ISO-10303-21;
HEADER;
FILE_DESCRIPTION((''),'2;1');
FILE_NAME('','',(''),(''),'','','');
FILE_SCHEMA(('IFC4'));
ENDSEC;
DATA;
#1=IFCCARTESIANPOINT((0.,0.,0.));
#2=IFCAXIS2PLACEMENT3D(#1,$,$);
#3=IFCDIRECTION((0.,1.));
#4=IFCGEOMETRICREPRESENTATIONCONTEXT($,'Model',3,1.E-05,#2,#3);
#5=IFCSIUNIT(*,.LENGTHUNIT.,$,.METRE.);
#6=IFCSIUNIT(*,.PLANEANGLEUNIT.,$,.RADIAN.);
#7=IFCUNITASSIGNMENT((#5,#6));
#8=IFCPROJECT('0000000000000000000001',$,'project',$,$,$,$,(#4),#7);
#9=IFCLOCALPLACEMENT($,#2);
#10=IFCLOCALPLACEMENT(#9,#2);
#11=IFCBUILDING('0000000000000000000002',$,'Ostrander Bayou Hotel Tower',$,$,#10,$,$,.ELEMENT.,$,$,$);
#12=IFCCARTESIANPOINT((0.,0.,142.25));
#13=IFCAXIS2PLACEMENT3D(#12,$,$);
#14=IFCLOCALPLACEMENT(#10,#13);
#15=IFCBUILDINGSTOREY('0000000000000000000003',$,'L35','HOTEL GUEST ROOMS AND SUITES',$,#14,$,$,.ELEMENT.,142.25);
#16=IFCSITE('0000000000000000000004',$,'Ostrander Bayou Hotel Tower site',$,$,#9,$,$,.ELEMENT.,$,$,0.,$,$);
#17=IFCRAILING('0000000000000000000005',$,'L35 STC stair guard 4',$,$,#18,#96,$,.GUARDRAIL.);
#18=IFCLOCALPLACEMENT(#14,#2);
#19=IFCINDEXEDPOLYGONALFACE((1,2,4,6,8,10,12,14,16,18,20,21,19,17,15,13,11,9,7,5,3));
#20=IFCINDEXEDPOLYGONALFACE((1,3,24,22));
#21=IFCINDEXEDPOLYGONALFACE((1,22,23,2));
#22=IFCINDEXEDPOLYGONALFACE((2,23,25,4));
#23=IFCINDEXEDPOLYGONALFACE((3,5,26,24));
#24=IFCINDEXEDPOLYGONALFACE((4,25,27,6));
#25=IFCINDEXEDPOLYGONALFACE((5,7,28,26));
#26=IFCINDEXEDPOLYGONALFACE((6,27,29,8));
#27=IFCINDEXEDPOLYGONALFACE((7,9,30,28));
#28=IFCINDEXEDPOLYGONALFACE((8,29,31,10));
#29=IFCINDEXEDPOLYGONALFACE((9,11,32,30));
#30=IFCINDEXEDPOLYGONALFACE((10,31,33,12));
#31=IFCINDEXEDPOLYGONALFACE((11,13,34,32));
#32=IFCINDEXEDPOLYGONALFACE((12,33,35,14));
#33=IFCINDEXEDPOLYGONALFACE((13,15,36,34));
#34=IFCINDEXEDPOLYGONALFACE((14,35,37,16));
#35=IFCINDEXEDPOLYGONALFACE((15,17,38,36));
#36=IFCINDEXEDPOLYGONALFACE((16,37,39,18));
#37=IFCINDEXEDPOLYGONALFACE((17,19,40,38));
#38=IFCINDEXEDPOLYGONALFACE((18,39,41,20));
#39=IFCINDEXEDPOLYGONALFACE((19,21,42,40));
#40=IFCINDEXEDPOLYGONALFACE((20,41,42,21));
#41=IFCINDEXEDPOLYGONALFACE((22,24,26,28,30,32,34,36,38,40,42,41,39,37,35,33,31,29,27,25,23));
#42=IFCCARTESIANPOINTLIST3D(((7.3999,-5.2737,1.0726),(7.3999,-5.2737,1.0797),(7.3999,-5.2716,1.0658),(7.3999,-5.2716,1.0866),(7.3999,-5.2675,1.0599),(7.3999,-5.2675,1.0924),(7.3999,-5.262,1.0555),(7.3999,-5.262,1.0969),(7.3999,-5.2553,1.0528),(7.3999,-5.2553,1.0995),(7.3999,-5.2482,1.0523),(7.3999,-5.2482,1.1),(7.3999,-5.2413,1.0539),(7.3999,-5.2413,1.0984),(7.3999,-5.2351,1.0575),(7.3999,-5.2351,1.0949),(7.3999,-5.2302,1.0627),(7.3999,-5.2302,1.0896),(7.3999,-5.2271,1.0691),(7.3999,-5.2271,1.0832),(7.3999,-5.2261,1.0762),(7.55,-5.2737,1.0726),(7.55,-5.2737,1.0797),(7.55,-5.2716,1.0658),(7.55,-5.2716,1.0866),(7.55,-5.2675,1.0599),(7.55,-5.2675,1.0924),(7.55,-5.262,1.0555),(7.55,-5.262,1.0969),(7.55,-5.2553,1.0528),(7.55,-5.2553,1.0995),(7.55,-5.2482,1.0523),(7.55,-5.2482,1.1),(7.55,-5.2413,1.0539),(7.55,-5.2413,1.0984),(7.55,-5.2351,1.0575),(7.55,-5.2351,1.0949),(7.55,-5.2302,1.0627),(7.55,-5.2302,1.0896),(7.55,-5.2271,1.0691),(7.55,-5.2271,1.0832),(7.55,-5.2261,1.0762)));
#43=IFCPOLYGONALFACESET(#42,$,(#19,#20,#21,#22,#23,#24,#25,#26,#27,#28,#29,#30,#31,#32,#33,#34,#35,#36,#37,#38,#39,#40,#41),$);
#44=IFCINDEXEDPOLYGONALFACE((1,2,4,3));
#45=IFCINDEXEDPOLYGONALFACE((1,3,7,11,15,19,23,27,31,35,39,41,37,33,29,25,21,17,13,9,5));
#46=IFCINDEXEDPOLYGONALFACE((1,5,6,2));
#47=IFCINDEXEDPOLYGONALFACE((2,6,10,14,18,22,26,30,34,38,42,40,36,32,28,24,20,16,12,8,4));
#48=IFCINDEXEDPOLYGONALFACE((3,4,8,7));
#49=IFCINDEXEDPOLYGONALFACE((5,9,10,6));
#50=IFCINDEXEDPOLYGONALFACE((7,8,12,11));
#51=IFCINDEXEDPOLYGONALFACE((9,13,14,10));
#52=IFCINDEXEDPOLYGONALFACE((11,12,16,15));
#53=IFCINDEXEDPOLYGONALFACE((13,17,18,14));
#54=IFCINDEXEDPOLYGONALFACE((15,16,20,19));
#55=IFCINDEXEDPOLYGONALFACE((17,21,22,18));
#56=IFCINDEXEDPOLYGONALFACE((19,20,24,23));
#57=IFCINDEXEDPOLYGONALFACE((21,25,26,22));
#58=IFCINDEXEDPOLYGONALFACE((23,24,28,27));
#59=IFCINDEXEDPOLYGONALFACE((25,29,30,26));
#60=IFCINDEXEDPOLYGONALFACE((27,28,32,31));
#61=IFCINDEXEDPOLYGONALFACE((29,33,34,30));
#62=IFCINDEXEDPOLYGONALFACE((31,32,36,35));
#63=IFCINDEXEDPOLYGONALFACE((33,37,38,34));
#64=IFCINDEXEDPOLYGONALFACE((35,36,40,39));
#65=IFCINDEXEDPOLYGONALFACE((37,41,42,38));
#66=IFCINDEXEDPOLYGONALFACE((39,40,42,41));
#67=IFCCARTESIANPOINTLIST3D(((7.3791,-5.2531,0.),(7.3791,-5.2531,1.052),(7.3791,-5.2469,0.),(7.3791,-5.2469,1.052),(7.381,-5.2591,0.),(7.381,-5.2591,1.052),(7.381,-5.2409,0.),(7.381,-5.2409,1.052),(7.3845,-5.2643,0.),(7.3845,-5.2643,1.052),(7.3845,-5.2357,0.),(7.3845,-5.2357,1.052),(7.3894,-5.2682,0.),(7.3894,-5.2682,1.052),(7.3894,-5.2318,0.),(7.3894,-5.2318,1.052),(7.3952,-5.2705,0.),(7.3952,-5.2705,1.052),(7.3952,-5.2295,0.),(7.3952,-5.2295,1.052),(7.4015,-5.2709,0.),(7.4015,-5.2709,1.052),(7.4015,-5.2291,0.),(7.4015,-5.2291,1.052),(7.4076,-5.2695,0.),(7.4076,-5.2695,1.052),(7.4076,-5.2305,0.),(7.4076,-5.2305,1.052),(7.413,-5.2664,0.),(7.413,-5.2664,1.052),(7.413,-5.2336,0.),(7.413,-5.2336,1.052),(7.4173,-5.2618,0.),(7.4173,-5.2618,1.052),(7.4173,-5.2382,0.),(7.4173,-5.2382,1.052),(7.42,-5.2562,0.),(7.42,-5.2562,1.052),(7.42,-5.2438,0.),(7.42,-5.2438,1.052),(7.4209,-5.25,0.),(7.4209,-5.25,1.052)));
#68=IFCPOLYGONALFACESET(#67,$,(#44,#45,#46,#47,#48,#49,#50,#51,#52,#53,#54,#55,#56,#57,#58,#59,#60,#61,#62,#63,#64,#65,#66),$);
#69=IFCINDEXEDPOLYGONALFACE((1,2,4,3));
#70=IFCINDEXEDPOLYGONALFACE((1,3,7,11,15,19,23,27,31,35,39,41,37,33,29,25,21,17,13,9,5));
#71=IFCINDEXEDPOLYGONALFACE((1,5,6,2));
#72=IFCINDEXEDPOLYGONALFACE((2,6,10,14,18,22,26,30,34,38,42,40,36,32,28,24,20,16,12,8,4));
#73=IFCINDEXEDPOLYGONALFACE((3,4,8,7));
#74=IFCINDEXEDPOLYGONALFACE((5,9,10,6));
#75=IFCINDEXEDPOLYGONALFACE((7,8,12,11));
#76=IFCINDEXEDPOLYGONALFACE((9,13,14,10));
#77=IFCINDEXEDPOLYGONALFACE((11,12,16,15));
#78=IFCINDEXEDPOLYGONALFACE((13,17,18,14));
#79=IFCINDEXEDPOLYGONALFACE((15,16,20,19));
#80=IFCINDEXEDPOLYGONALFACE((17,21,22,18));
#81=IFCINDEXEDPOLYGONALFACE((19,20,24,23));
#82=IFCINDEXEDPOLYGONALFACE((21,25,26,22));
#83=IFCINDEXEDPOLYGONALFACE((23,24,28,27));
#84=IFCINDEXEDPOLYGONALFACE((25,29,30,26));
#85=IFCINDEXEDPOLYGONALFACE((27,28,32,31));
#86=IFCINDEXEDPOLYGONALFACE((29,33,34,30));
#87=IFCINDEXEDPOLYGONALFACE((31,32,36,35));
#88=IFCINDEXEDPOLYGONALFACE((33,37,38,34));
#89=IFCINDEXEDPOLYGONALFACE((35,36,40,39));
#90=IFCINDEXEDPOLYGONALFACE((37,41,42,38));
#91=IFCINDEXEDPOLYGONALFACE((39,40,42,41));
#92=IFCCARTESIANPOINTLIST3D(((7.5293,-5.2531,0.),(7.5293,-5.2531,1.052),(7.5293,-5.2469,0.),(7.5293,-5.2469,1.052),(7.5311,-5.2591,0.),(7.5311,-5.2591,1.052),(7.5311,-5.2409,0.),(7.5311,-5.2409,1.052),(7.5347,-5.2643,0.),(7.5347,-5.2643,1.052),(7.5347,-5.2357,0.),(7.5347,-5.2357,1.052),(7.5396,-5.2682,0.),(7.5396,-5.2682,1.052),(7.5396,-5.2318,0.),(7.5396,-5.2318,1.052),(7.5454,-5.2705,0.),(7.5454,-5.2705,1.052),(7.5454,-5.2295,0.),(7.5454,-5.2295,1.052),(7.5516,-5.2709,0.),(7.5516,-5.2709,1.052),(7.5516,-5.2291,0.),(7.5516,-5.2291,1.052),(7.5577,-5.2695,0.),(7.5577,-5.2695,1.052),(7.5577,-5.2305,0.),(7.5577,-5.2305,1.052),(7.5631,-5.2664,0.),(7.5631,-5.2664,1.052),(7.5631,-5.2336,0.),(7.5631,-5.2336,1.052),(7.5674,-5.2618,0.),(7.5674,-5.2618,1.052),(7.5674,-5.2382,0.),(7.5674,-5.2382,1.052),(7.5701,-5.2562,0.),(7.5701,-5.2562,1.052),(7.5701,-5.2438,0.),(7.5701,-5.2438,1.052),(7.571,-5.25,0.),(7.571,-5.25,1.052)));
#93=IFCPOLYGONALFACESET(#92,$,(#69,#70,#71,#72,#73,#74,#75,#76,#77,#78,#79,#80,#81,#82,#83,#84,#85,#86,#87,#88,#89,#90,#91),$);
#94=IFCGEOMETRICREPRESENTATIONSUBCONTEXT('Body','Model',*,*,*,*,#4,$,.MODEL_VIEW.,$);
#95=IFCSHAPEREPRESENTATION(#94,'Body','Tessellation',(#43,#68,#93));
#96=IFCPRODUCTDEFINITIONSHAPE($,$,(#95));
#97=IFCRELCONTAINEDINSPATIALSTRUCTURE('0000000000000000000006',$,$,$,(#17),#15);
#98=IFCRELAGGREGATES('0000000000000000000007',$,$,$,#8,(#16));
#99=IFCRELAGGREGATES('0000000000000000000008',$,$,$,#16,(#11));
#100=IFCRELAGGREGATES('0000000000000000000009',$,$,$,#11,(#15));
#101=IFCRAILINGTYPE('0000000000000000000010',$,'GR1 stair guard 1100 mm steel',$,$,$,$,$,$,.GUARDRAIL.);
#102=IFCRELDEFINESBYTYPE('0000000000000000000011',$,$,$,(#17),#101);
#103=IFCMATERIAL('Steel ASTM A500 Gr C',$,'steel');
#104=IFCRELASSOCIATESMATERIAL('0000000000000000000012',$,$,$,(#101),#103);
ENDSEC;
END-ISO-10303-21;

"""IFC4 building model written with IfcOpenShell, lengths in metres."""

from ifc_helpers import new_model, si_unit, direction, frame, origin, origin_2d, place, context, subcontext, project, spatial, circle, extrude, material, type_object, element, save


model = new_model("IFC4")

# Units and contexts
model_context = context("Model", 3, precision=1e-05, world=origin(), true_north=direction((0.0, 1.0)))
body_context = subcontext(model_context, "Body", "Model", "MODEL_VIEW")
ifc_project = project(units=[si_unit("LENGTHUNIT", "METRE"), si_unit("PLANEANGLEUNIT", "RADIAN")], contexts=[model_context])

# Site, building, storey
site_placement = place(None, origin())
site = spatial("IfcSite", under=ifc_project, at=site_placement, Name="Ostrander Bayou Hotel Tower site", CompositionType="ELEMENT", RefElevation=0.0)
building_placement = place(site_placement, origin())
building = spatial("IfcBuilding", under=site, at=building_placement, Name="Ostrander Bayou Hotel Tower", CompositionType="ELEMENT")
storey_placement = place(building_placement, frame((0.0, 0.0, 142.25)))
storey = spatial("IfcBuildingStorey", under=building, at=storey_placement, Name="L35", Description="HOTEL GUEST ROOMS AND SUITES", CompositionType="ELEMENT", Elevation=142.25)

# Railing
ifc_material_1 = material(Name="Steel ASTM A500 Gr C", Category="steel")
railing_type_1 = type_object("IfcRailingType", Name="GR1 stair guard 1100 mm steel", PredefinedType="GUARDRAIL", material=ifc_material_1)
railing_1_placement = place(storey_placement, frame((7.3999, -5.25, 0.0)))
element("IfcRailing", 1, at=railing_1_placement, inside=storey, type_object=railing_type_1, Name="L35 STC stair guard 4", PredefinedType="GUARDRAIL", context=body_context, shape_type="SweptSolid", body=[
    extrude(circle(Radius=0.0239, at=origin_2d()), frame((0.0, 0.0, 1.0762), z_axis=(1.0, 0.0, 0.0), x_axis=(0.0, 1.0, 0.0)), (0.0, 0.0, 1.0), 0.1501),
    extrude(circle(Radius=0.021, at=origin_2d()), origin(), (0.0, 0.0, 1.0), 1.052),
    extrude(circle(Radius=0.021, at=origin_2d()), frame((0.1501, 0.0, 0.0)), (0.0, 0.0, 1.0), 1.052),
])

save(model, "model.ifc")
